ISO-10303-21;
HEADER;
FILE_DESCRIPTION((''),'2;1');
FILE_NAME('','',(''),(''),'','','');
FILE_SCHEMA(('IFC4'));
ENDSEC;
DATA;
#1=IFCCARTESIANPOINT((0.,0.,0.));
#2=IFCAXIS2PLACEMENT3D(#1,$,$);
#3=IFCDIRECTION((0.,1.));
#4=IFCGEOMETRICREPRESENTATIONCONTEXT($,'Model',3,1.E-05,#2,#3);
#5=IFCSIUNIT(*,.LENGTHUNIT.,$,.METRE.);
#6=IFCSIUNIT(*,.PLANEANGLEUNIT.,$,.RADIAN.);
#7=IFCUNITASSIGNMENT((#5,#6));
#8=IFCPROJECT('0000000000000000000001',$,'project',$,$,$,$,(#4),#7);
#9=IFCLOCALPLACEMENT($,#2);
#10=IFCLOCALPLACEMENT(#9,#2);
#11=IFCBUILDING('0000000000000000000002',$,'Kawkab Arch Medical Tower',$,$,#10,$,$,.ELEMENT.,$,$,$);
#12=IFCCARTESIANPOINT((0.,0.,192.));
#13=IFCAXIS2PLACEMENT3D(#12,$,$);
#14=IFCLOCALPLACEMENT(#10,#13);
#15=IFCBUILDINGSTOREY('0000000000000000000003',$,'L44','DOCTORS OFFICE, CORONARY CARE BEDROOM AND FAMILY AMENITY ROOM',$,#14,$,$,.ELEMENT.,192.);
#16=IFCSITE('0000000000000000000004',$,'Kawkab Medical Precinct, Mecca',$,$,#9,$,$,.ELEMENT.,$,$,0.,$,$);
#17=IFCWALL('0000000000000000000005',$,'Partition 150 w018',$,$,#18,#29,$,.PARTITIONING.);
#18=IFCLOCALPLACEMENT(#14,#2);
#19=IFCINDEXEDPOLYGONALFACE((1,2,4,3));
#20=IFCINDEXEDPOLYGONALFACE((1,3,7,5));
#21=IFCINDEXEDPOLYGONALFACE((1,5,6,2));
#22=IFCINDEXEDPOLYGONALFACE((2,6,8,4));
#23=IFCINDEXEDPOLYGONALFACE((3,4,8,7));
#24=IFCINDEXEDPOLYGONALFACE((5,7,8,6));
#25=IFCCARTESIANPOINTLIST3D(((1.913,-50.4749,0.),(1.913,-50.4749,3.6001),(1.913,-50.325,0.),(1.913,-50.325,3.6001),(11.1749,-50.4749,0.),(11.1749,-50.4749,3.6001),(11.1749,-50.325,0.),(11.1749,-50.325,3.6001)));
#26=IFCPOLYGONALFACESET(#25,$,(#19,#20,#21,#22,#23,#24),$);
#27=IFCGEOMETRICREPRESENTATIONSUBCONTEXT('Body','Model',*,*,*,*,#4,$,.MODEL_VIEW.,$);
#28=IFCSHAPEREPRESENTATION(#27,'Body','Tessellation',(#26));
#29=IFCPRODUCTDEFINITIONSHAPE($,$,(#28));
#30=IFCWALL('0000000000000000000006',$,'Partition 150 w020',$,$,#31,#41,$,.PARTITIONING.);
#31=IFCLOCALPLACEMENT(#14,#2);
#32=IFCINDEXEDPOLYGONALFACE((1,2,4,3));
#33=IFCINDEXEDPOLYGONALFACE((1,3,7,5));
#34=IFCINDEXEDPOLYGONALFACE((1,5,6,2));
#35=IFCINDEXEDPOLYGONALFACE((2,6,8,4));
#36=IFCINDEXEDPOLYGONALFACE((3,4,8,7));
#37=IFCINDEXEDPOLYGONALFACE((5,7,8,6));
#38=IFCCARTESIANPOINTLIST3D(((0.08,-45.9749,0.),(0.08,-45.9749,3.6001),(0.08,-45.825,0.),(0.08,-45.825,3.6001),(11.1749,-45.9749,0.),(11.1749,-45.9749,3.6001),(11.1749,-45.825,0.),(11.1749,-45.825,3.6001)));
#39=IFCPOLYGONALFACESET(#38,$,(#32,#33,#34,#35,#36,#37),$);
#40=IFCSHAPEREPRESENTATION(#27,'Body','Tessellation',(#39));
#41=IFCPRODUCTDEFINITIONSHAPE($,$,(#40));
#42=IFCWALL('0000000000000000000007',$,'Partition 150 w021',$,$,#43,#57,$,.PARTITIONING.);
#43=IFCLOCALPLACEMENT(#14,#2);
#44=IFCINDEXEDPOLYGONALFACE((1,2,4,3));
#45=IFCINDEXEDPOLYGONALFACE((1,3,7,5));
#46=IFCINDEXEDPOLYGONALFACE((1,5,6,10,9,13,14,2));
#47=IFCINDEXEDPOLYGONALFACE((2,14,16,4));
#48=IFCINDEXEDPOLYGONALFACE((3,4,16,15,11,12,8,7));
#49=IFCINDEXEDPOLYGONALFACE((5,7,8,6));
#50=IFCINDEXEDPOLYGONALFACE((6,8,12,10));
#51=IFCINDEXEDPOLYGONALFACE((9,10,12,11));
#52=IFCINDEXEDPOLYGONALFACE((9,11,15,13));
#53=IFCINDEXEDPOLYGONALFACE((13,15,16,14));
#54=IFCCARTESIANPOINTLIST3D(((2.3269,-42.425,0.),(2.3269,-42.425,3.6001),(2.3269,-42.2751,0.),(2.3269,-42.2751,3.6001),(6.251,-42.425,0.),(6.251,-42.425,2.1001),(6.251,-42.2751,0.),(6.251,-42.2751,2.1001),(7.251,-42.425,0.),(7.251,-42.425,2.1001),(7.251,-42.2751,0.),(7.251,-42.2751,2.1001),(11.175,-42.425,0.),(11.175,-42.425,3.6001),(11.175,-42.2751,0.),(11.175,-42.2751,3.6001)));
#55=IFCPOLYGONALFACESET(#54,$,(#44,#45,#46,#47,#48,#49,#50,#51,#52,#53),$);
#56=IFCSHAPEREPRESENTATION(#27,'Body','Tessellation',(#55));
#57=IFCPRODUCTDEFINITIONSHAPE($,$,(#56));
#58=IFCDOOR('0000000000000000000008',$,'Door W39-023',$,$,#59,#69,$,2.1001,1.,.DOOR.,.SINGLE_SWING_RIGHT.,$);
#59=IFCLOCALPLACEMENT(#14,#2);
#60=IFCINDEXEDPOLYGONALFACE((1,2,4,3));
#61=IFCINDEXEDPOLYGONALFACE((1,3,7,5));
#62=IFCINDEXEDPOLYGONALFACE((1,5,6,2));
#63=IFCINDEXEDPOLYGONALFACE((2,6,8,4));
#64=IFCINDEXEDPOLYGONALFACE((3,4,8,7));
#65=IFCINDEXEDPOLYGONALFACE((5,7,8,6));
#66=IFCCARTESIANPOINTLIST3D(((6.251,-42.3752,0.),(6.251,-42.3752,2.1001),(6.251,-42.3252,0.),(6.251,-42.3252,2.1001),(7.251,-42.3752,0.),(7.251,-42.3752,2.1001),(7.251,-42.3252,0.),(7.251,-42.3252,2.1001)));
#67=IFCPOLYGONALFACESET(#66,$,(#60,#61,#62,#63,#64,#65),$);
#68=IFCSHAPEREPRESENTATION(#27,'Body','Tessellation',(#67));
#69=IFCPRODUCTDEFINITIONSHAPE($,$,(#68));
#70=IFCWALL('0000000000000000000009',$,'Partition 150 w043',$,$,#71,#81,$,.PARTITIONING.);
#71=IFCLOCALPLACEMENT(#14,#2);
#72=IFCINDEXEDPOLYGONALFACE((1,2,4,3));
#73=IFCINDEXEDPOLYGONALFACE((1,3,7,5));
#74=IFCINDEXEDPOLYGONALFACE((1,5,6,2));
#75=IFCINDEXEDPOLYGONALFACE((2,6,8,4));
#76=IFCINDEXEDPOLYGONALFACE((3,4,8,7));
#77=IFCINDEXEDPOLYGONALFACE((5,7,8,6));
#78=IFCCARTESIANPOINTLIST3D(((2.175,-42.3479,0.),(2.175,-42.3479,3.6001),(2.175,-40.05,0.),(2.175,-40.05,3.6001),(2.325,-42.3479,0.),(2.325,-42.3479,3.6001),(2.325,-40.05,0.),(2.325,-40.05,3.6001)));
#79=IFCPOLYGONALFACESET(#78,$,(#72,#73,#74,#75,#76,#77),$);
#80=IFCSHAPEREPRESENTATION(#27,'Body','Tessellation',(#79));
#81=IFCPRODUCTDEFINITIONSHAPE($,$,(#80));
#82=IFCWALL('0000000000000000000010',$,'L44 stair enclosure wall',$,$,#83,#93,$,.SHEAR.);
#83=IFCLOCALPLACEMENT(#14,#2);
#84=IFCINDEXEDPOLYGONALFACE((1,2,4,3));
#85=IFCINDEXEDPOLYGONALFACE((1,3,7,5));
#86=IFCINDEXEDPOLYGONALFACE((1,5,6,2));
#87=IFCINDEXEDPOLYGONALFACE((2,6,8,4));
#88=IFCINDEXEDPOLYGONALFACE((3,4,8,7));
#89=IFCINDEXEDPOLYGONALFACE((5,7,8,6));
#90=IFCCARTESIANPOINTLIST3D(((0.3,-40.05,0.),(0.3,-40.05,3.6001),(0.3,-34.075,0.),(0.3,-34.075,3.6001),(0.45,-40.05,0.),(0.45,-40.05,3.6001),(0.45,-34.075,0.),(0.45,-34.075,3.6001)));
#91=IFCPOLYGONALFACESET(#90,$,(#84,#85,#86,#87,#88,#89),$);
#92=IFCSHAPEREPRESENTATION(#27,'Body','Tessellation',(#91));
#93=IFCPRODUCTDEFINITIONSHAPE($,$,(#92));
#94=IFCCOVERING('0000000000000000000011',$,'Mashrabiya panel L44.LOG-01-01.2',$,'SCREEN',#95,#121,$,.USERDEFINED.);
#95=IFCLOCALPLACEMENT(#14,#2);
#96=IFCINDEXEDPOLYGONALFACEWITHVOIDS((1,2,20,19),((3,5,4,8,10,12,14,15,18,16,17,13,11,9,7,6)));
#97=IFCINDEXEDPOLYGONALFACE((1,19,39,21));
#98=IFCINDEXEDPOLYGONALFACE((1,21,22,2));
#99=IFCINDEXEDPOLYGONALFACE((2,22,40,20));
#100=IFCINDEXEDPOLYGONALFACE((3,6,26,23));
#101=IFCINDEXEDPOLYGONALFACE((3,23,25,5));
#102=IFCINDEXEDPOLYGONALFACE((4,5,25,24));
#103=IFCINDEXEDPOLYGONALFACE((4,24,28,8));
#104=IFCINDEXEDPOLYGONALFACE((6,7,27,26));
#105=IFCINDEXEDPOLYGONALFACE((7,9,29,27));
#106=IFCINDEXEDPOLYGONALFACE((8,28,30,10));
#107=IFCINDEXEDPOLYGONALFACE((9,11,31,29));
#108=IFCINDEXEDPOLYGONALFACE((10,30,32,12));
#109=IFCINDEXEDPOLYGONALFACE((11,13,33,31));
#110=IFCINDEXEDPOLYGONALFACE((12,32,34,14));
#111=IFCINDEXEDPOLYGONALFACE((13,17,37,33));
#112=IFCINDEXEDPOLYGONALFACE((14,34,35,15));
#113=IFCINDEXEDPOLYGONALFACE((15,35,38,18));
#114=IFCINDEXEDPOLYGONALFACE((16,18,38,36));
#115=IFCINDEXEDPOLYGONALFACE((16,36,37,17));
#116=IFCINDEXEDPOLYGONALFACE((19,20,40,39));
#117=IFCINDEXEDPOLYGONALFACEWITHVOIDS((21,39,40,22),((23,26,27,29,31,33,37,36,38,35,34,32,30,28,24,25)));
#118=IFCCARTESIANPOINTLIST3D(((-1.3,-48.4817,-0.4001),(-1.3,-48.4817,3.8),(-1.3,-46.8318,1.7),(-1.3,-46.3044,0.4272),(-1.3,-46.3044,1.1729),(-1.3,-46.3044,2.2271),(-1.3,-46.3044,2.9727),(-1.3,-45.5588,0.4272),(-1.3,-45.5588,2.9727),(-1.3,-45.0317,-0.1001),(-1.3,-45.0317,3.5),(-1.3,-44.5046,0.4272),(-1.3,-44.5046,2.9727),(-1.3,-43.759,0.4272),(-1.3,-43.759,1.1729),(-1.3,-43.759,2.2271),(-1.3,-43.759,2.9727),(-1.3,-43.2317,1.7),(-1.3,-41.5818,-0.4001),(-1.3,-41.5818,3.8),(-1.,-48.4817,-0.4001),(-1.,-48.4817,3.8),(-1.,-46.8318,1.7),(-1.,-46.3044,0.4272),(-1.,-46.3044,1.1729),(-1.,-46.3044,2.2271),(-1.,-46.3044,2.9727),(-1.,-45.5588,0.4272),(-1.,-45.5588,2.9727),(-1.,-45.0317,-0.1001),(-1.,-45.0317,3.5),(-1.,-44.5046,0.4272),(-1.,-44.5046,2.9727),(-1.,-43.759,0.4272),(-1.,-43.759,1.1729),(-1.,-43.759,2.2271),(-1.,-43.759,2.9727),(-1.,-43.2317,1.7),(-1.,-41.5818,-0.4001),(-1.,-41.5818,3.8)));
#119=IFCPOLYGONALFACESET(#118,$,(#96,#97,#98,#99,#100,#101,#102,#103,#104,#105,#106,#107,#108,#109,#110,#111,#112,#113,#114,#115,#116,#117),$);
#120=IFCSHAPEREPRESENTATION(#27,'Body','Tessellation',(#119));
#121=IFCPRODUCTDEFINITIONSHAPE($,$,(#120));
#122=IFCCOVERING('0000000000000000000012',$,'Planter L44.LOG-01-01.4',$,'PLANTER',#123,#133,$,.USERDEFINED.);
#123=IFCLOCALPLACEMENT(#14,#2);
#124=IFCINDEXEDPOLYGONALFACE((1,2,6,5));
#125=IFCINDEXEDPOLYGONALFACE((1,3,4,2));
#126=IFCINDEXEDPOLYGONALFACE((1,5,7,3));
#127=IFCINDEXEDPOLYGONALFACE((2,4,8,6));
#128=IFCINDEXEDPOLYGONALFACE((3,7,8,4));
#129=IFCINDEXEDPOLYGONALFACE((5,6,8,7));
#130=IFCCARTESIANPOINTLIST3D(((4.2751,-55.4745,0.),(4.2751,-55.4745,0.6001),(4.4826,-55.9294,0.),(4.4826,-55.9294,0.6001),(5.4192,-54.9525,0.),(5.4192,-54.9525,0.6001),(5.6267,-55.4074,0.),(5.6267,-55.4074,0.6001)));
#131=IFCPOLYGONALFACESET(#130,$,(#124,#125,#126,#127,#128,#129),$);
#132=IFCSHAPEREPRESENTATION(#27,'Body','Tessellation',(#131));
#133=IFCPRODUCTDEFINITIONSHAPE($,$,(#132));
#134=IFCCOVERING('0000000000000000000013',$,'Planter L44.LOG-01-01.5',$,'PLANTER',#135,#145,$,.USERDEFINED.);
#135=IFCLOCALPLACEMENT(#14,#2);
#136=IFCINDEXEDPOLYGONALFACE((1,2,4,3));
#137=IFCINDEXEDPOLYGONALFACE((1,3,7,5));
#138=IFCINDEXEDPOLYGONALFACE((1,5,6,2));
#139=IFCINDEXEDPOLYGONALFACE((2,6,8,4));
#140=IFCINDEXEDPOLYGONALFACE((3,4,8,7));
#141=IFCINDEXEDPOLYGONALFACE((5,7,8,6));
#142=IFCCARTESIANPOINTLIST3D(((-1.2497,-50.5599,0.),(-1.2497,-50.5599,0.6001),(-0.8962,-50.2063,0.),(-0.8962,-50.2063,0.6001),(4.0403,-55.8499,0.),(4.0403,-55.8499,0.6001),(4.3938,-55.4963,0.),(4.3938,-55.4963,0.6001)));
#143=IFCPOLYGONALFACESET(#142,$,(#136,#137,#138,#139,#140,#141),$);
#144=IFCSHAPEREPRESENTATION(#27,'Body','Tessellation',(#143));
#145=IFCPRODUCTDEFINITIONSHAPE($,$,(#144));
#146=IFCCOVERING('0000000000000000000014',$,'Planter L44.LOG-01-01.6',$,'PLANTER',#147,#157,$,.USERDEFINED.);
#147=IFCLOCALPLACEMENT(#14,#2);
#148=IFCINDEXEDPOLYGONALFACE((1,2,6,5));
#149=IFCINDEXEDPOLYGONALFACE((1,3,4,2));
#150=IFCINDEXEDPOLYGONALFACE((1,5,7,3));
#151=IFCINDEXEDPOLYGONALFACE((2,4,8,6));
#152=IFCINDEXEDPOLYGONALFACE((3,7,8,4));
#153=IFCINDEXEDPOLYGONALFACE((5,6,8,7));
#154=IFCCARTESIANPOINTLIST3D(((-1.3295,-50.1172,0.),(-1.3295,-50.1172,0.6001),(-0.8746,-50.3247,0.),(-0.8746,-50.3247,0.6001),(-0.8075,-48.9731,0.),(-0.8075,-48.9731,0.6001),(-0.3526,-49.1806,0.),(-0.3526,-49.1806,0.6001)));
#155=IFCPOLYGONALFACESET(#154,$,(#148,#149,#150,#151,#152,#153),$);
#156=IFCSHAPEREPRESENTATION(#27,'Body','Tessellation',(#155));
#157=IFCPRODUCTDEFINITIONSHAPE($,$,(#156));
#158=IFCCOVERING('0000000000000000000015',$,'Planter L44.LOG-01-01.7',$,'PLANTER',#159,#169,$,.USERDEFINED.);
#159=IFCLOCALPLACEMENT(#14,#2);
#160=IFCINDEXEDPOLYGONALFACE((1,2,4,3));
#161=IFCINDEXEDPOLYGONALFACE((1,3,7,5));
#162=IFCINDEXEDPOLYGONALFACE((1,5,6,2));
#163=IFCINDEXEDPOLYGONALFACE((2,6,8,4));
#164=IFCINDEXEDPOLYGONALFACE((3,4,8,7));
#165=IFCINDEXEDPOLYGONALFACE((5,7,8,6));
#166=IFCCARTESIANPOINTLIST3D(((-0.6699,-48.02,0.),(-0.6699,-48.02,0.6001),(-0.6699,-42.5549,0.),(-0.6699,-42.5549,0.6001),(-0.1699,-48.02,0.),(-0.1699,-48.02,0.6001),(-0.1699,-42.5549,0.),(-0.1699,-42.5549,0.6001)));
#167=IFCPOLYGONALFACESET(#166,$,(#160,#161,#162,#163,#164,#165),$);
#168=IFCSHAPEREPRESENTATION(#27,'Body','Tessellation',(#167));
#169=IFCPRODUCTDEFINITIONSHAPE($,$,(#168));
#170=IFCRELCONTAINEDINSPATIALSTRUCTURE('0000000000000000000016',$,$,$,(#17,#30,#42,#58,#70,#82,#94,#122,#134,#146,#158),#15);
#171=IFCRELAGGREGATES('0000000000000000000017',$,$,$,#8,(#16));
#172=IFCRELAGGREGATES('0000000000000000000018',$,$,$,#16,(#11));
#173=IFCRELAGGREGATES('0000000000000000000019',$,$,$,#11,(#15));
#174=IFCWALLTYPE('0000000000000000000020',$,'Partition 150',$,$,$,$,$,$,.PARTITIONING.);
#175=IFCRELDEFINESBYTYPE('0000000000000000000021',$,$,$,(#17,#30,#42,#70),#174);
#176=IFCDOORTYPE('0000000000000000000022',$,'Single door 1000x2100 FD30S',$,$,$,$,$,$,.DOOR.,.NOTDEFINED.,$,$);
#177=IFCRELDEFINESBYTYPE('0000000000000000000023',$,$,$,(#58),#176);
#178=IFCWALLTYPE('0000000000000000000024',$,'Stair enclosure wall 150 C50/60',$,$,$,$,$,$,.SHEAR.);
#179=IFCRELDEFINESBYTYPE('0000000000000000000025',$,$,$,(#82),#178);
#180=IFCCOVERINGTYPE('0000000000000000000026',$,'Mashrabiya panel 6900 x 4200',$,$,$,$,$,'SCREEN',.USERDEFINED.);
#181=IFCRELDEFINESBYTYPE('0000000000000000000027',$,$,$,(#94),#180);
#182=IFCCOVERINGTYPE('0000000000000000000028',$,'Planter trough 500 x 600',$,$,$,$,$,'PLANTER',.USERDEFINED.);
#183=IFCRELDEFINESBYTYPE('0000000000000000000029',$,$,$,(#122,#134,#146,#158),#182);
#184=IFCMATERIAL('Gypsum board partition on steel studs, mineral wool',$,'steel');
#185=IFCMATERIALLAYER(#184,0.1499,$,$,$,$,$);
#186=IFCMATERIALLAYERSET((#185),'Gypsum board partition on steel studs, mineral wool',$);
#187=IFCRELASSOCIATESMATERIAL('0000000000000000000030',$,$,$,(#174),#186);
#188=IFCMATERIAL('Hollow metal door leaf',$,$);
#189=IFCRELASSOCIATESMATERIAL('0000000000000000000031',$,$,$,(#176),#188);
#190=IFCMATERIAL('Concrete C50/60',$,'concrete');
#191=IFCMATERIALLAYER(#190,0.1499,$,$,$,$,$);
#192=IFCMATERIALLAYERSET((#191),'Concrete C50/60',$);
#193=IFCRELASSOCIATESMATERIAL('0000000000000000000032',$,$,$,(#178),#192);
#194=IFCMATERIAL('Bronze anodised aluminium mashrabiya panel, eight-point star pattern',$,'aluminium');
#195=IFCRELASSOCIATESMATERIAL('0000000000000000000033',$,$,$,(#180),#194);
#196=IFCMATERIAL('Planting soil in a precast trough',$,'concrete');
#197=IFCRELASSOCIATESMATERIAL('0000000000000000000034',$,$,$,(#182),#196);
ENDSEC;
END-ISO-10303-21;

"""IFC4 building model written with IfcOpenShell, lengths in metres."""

from ifc_helpers import new_model, si_unit, direction, frame, frame_2d, origin, origin_2d, place, context, subcontext, project, spatial, polyline, rectangle, outline, extrude, material, layer, layer_set, material_profile, profile_set, type_object, element, fill, save


model = new_model("IFC4")

# Units and contexts
model_context = context("Model", 3, precision=1e-05, world=origin(), true_north=direction((0.0, 1.0)))
body_context = subcontext(model_context, "Body", "Model", "MODEL_VIEW")
ifc_project = project(units=[si_unit("LENGTHUNIT", "METRE"), si_unit("PLANEANGLEUNIT", "RADIAN")], contexts=[model_context])

# Site, building, storey
site_placement = place(None, origin())
site = spatial("IfcSite", under=ifc_project, at=site_placement, Name="Kawkab Medical Precinct, Mecca", CompositionType="ELEMENT", RefElevation=0.0)
building_placement = place(site_placement, origin())
building = spatial("IfcBuilding", under=site, at=building_placement, Name="Kawkab Arch Medical Tower", CompositionType="ELEMENT")
storey_placement = place(building_placement, frame((0.0, 0.0, 192.0)))
storey = spatial("IfcBuildingStorey", under=building, at=storey_placement, Name="L44", Description="DOCTORS OFFICE, CORONARY CARE BEDROOM AND FAMILY AMENITY ROOM", CompositionType="ELEMENT", Elevation=192.0)

# Walls
ifc_material_1 = material(Name="Gypsum board partition on steel studs, mineral wool", Category="steel")
ifc_layer_1 = layer(ifc_material_1, 0.1499)
ifc_layer_set_1 = layer_set([ifc_layer_1], Name="Gypsum board partition on steel studs, mineral wool")
wall_type_1 = type_object("IfcWallType", Name="Partition 150", PredefinedType="PARTITIONING", material=ifc_layer_set_1)
wall_1_placement = place(storey_placement, frame((1.9131, -50.3999, 0.0), z_axis=(0.0, 0.0, 1.0), x_axis=(1.0, 0.0, 0.0)))
element("IfcWall", 1, at=wall_1_placement, inside=storey, type_object=wall_type_1, Name="Partition 150 w018", PredefinedType="PARTITIONING", context=body_context, shape_type="SweptSolid", body=[
    extrude(rectangle(XDim=9.262, YDim=0.1499, at=frame_2d((4.6309, 0.0))), origin(), (0.0, 0.0, 1.0), 3.6001),
])
wall_2_placement = place(storey_placement, frame((0.0801, -45.8999, 0.0), z_axis=(0.0, 0.0, 1.0), x_axis=(1.0, 0.0, 0.0)))
element("IfcWall", 2, at=wall_2_placement, inside=storey, type_object=wall_type_1, Name="Partition 150 w020", PredefinedType="PARTITIONING", context=body_context, shape_type="SweptSolid", body=[
    extrude(rectangle(XDim=11.095, YDim=0.1499, at=frame_2d((5.5474, 0.0))), origin(), (0.0, 0.0, 1.0), 3.6001),
])

# Wall, opening, door
wall_3_placement = place(storey_placement, frame((2.3269, -42.3501, 0.0), z_axis=(0.0, 0.0, 1.0), x_axis=(1.0, 0.0, 0.0)))
wall_3 = element("IfcWall", 3, at=wall_3_placement, inside=storey, type_object=wall_type_1, Name="Partition 150 w021", PredefinedType="PARTITIONING", context=body_context, shape_type="SweptSolid", body=[
    extrude(rectangle(XDim=8.8481, YDim=0.1499, at=frame_2d((4.4241, 0.0))), origin(), (0.0, 0.0, 1.0), 3.6001),
])
opening_placement = place(wall_3_placement, frame((3.9241, 0.0, 0.0)))
opening = element("IfcOpeningElement", 4, at=opening_placement, cuts=wall_3, PredefinedType="OPENING", context=body_context, shape_type="SweptSolid", body=[
    extrude(rectangle(XDim=1.0, YDim=2.1001, at=frame_2d((0.5, 1.05))), frame((0.0, 0.085, 0.0), z_axis=(0.0, -1.0, 0.0), x_axis=(1.0, 0.0, 0.0)), (0.0, 0.0, 1.0), 0.1699),
])
ifc_material_2 = material(Name="Hollow metal door leaf")
door_type = type_object("IfcDoorType", Name="Single door 1000x2100 FD30S", OperationType="NOTDEFINED", PredefinedType="DOOR", material=ifc_material_2)
door_placement = place(opening_placement, origin())
door = element("IfcDoor", 5, at=door_placement, inside=storey, type_object=door_type, Name="Door W39-023", OperationType="SINGLE_SWING_RIGHT", OverallHeight=2.1001, OverallWidth=1.0, PredefinedType="DOOR", context=body_context, shape_type="SweptSolid", body=[
    extrude(rectangle(XDim=1.0, YDim=2.1001, at=frame_2d((0.5, 1.05))), frame((0.0, 0.0249, 0.0), z_axis=(0.0, -1.0, 0.0), x_axis=(1.0, 0.0, 0.0)), (0.0, 0.0, 1.0), 0.05),
])
fill(opening, door)

# Walls
wall_4_placement = place(storey_placement, frame((2.25, -42.3479, 0.0), z_axis=(0.0, 0.0, 1.0), x_axis=(0.0, 1.0, 0.0)))
element("IfcWall", 6, at=wall_4_placement, inside=storey, type_object=wall_type_1, Name="Partition 150 w043", PredefinedType="PARTITIONING", context=body_context, shape_type="SweptSolid", body=[
    extrude(rectangle(XDim=2.2979, YDim=0.1499, at=frame_2d((1.1489, 0.0))), origin(), (0.0, 0.0, 1.0), 3.6001),
])
ifc_material_3 = material(Name="Concrete C50/60", Category="concrete")
ifc_layer_2 = layer(ifc_material_3, 0.1499)
ifc_layer_set_2 = layer_set([ifc_layer_2], Name="Concrete C50/60")
wall_type_2 = type_object("IfcWallType", Name="Stair enclosure wall 150 C50/60", PredefinedType="SHEAR", material=ifc_layer_set_2)
wall_5_placement = place(storey_placement, frame((0.375, -40.05, 0.0), z_axis=(0.0, 0.0, 1.0), x_axis=(0.0, 1.0, 0.0)))
element("IfcWall", 7, at=wall_5_placement, inside=storey, type_object=wall_type_2, Name="L44 stair enclosure wall", PredefinedType="SHEAR", context=body_context, shape_type="SweptSolid", body=[
    extrude(rectangle(XDim=5.9751, YDim=0.1499, at=frame_2d((2.9875, 0.0))), origin(), (0.0, 0.0, 1.0), 3.6001),
])

# Coverings
ifc_material_4 = material(Name="Bronze anodised aluminium mashrabiya panel, eight-point star pattern", Category="aluminium")
ifc_material_profile_1 = material_profile(ifc_material_4, outline(polyline([(-3.45, -2.1001), (3.45, -2.1001), (3.45, 2.1001), (-3.45, 2.1001), (-3.45, -2.1001)]), holes=[polyline([(1.8, 0.0), (1.2727, 0.5271), (1.2727, 1.2727), (0.5271, 1.2727), (0.0, 1.8), (-0.5271, 1.2727), (-1.2727, 1.2727), (-1.2727, 0.5271), (-1.8, 0.0), (-1.2727, -0.5271), (-1.2727, -1.2727), (-0.5271, -1.2727), (0.0, -1.8), (0.5271, -1.2727), (1.2727, -1.2727), (1.2727, -0.5271), (1.8, 0.0)])]), Name="Mashrabiya panel 6900x4200")
ifc_profile_set_1 = profile_set([ifc_material_profile_1], Name="Bronze anodised aluminium mashrabiya panel, eight-point star pattern")
covering_type_1 = type_object("IfcCoveringType", Name="Mashrabiya panel 6900 x 4200", ElementType="SCREEN", PredefinedType="USERDEFINED", material=ifc_profile_set_1)
covering_1_placement = place(storey_placement, frame((-1.0, -45.0317, 1.7), z_axis=(-1.0, 0.0, 0.0), x_axis=(0.0, -1.0, 0.0)))
element("IfcCovering", 8, at=covering_1_placement, inside=storey, type_object=covering_type_1, Name="Mashrabiya panel L44.LOG-01-01.2", ObjectType="SCREEN", PredefinedType="USERDEFINED", context=body_context, shape_type="SweptSolid", body=[
    extrude(outline(polyline([(-3.45, -2.1001), (3.45, -2.1001), (3.45, 2.1001), (-3.45, 2.1001), (-3.45, -2.1001)]), holes=[polyline([(1.8, 0.0), (1.2727, 0.5271), (1.2727, 1.2727), (0.5271, 1.2727), (0.0, 1.8), (-0.5271, 1.2727), (-1.2727, 1.2727), (-1.2727, 0.5271), (-1.8, 0.0), (-1.2727, -0.5271), (-1.2727, -1.2727), (-0.5271, -1.2727), (0.0, -1.8), (0.5271, -1.2727), (1.2727, -1.2727), (1.2727, -0.5271), (1.8, 0.0)])]), origin(), (0.0, 0.0, 1.0), 0.3),
])
ifc_material_5 = material(Name="Planting soil in a precast trough", Category="concrete")
ifc_material_profile_2 = material_profile(ifc_material_5, rectangle(XDim=0.5, YDim=0.6001, at=origin_2d()), Name="Trough 500x600")
ifc_profile_set_2 = profile_set([ifc_material_profile_2], Name="Planting soil in a precast trough")
covering_type_2 = type_object("IfcCoveringType", Name="Planter trough 500 x 600", ElementType="PLANTER", PredefinedType="USERDEFINED", material=ifc_profile_set_2)
covering_2_placement = place(storey_placement, frame((5.5229, -55.1799, 0.3), z_axis=(-0.90978, -0.41509, 0.0), x_axis=(0.41509, -0.90978, 0.0)))
element("IfcCovering", 9, at=covering_2_placement, inside=storey, type_object=covering_type_2, Name="Planter L44.LOG-01-01.4", ObjectType="PLANTER", PredefinedType="USERDEFINED", context=body_context, shape_type="SweptSolid", body=[
    extrude(rectangle(XDim=0.5, YDim=0.6001, at=origin_2d()), origin(), (0.0, 0.0, 1.0), 1.2576),
])
covering_3_placement = place(storey_placement, frame((4.217, -55.6731, 0.3), z_axis=(-0.707107, 0.707107, 0.0), x_axis=(-0.707107, -0.707107, 0.0)))
element("IfcCovering", 10, at=covering_3_placement, inside=storey, type_object=covering_type_2, Name="Planter L44.LOG-01-01.5", ObjectType="PLANTER", PredefinedType="USERDEFINED", context=body_context, shape_type="SweptSolid", body=[
    extrude(rectangle(XDim=0.5, YDim=0.6001, at=origin_2d()), origin(), (0.0, 0.0, 1.0), 7.4812),
])
covering_4_placement = place(storey_placement, frame((-1.1021, -50.2209, 0.3), z_axis=(0.41509, 0.90978, 0.0), x_axis=(-0.90978, 0.41509, 0.0)))
element("IfcCovering", 11, at=covering_4_placement, inside=storey, type_object=covering_type_2, Name="Planter L44.LOG-01-01.6", ObjectType="PLANTER", PredefinedType="USERDEFINED", context=body_context, shape_type="SweptSolid", body=[
    extrude(rectangle(XDim=0.5, YDim=0.6001, at=origin_2d()), origin(), (0.0, 0.0, 1.0), 1.2576),
])
covering_5_placement = place(storey_placement, frame((-0.4199, -48.02, 0.3), z_axis=(0.0, 1.0, 0.0), x_axis=(-1.0, 0.0, 0.0)))
element("IfcCovering", 12, at=covering_5_placement, inside=storey, type_object=covering_type_2, Name="Planter L44.LOG-01-01.7", ObjectType="PLANTER", PredefinedType="USERDEFINED", context=body_context, shape_type="SweptSolid", body=[
    extrude(rectangle(XDim=0.5, YDim=0.6001, at=origin_2d()), origin(), (0.0, 0.0, 1.0), 5.4651),
])

save(model, "model.ifc")
